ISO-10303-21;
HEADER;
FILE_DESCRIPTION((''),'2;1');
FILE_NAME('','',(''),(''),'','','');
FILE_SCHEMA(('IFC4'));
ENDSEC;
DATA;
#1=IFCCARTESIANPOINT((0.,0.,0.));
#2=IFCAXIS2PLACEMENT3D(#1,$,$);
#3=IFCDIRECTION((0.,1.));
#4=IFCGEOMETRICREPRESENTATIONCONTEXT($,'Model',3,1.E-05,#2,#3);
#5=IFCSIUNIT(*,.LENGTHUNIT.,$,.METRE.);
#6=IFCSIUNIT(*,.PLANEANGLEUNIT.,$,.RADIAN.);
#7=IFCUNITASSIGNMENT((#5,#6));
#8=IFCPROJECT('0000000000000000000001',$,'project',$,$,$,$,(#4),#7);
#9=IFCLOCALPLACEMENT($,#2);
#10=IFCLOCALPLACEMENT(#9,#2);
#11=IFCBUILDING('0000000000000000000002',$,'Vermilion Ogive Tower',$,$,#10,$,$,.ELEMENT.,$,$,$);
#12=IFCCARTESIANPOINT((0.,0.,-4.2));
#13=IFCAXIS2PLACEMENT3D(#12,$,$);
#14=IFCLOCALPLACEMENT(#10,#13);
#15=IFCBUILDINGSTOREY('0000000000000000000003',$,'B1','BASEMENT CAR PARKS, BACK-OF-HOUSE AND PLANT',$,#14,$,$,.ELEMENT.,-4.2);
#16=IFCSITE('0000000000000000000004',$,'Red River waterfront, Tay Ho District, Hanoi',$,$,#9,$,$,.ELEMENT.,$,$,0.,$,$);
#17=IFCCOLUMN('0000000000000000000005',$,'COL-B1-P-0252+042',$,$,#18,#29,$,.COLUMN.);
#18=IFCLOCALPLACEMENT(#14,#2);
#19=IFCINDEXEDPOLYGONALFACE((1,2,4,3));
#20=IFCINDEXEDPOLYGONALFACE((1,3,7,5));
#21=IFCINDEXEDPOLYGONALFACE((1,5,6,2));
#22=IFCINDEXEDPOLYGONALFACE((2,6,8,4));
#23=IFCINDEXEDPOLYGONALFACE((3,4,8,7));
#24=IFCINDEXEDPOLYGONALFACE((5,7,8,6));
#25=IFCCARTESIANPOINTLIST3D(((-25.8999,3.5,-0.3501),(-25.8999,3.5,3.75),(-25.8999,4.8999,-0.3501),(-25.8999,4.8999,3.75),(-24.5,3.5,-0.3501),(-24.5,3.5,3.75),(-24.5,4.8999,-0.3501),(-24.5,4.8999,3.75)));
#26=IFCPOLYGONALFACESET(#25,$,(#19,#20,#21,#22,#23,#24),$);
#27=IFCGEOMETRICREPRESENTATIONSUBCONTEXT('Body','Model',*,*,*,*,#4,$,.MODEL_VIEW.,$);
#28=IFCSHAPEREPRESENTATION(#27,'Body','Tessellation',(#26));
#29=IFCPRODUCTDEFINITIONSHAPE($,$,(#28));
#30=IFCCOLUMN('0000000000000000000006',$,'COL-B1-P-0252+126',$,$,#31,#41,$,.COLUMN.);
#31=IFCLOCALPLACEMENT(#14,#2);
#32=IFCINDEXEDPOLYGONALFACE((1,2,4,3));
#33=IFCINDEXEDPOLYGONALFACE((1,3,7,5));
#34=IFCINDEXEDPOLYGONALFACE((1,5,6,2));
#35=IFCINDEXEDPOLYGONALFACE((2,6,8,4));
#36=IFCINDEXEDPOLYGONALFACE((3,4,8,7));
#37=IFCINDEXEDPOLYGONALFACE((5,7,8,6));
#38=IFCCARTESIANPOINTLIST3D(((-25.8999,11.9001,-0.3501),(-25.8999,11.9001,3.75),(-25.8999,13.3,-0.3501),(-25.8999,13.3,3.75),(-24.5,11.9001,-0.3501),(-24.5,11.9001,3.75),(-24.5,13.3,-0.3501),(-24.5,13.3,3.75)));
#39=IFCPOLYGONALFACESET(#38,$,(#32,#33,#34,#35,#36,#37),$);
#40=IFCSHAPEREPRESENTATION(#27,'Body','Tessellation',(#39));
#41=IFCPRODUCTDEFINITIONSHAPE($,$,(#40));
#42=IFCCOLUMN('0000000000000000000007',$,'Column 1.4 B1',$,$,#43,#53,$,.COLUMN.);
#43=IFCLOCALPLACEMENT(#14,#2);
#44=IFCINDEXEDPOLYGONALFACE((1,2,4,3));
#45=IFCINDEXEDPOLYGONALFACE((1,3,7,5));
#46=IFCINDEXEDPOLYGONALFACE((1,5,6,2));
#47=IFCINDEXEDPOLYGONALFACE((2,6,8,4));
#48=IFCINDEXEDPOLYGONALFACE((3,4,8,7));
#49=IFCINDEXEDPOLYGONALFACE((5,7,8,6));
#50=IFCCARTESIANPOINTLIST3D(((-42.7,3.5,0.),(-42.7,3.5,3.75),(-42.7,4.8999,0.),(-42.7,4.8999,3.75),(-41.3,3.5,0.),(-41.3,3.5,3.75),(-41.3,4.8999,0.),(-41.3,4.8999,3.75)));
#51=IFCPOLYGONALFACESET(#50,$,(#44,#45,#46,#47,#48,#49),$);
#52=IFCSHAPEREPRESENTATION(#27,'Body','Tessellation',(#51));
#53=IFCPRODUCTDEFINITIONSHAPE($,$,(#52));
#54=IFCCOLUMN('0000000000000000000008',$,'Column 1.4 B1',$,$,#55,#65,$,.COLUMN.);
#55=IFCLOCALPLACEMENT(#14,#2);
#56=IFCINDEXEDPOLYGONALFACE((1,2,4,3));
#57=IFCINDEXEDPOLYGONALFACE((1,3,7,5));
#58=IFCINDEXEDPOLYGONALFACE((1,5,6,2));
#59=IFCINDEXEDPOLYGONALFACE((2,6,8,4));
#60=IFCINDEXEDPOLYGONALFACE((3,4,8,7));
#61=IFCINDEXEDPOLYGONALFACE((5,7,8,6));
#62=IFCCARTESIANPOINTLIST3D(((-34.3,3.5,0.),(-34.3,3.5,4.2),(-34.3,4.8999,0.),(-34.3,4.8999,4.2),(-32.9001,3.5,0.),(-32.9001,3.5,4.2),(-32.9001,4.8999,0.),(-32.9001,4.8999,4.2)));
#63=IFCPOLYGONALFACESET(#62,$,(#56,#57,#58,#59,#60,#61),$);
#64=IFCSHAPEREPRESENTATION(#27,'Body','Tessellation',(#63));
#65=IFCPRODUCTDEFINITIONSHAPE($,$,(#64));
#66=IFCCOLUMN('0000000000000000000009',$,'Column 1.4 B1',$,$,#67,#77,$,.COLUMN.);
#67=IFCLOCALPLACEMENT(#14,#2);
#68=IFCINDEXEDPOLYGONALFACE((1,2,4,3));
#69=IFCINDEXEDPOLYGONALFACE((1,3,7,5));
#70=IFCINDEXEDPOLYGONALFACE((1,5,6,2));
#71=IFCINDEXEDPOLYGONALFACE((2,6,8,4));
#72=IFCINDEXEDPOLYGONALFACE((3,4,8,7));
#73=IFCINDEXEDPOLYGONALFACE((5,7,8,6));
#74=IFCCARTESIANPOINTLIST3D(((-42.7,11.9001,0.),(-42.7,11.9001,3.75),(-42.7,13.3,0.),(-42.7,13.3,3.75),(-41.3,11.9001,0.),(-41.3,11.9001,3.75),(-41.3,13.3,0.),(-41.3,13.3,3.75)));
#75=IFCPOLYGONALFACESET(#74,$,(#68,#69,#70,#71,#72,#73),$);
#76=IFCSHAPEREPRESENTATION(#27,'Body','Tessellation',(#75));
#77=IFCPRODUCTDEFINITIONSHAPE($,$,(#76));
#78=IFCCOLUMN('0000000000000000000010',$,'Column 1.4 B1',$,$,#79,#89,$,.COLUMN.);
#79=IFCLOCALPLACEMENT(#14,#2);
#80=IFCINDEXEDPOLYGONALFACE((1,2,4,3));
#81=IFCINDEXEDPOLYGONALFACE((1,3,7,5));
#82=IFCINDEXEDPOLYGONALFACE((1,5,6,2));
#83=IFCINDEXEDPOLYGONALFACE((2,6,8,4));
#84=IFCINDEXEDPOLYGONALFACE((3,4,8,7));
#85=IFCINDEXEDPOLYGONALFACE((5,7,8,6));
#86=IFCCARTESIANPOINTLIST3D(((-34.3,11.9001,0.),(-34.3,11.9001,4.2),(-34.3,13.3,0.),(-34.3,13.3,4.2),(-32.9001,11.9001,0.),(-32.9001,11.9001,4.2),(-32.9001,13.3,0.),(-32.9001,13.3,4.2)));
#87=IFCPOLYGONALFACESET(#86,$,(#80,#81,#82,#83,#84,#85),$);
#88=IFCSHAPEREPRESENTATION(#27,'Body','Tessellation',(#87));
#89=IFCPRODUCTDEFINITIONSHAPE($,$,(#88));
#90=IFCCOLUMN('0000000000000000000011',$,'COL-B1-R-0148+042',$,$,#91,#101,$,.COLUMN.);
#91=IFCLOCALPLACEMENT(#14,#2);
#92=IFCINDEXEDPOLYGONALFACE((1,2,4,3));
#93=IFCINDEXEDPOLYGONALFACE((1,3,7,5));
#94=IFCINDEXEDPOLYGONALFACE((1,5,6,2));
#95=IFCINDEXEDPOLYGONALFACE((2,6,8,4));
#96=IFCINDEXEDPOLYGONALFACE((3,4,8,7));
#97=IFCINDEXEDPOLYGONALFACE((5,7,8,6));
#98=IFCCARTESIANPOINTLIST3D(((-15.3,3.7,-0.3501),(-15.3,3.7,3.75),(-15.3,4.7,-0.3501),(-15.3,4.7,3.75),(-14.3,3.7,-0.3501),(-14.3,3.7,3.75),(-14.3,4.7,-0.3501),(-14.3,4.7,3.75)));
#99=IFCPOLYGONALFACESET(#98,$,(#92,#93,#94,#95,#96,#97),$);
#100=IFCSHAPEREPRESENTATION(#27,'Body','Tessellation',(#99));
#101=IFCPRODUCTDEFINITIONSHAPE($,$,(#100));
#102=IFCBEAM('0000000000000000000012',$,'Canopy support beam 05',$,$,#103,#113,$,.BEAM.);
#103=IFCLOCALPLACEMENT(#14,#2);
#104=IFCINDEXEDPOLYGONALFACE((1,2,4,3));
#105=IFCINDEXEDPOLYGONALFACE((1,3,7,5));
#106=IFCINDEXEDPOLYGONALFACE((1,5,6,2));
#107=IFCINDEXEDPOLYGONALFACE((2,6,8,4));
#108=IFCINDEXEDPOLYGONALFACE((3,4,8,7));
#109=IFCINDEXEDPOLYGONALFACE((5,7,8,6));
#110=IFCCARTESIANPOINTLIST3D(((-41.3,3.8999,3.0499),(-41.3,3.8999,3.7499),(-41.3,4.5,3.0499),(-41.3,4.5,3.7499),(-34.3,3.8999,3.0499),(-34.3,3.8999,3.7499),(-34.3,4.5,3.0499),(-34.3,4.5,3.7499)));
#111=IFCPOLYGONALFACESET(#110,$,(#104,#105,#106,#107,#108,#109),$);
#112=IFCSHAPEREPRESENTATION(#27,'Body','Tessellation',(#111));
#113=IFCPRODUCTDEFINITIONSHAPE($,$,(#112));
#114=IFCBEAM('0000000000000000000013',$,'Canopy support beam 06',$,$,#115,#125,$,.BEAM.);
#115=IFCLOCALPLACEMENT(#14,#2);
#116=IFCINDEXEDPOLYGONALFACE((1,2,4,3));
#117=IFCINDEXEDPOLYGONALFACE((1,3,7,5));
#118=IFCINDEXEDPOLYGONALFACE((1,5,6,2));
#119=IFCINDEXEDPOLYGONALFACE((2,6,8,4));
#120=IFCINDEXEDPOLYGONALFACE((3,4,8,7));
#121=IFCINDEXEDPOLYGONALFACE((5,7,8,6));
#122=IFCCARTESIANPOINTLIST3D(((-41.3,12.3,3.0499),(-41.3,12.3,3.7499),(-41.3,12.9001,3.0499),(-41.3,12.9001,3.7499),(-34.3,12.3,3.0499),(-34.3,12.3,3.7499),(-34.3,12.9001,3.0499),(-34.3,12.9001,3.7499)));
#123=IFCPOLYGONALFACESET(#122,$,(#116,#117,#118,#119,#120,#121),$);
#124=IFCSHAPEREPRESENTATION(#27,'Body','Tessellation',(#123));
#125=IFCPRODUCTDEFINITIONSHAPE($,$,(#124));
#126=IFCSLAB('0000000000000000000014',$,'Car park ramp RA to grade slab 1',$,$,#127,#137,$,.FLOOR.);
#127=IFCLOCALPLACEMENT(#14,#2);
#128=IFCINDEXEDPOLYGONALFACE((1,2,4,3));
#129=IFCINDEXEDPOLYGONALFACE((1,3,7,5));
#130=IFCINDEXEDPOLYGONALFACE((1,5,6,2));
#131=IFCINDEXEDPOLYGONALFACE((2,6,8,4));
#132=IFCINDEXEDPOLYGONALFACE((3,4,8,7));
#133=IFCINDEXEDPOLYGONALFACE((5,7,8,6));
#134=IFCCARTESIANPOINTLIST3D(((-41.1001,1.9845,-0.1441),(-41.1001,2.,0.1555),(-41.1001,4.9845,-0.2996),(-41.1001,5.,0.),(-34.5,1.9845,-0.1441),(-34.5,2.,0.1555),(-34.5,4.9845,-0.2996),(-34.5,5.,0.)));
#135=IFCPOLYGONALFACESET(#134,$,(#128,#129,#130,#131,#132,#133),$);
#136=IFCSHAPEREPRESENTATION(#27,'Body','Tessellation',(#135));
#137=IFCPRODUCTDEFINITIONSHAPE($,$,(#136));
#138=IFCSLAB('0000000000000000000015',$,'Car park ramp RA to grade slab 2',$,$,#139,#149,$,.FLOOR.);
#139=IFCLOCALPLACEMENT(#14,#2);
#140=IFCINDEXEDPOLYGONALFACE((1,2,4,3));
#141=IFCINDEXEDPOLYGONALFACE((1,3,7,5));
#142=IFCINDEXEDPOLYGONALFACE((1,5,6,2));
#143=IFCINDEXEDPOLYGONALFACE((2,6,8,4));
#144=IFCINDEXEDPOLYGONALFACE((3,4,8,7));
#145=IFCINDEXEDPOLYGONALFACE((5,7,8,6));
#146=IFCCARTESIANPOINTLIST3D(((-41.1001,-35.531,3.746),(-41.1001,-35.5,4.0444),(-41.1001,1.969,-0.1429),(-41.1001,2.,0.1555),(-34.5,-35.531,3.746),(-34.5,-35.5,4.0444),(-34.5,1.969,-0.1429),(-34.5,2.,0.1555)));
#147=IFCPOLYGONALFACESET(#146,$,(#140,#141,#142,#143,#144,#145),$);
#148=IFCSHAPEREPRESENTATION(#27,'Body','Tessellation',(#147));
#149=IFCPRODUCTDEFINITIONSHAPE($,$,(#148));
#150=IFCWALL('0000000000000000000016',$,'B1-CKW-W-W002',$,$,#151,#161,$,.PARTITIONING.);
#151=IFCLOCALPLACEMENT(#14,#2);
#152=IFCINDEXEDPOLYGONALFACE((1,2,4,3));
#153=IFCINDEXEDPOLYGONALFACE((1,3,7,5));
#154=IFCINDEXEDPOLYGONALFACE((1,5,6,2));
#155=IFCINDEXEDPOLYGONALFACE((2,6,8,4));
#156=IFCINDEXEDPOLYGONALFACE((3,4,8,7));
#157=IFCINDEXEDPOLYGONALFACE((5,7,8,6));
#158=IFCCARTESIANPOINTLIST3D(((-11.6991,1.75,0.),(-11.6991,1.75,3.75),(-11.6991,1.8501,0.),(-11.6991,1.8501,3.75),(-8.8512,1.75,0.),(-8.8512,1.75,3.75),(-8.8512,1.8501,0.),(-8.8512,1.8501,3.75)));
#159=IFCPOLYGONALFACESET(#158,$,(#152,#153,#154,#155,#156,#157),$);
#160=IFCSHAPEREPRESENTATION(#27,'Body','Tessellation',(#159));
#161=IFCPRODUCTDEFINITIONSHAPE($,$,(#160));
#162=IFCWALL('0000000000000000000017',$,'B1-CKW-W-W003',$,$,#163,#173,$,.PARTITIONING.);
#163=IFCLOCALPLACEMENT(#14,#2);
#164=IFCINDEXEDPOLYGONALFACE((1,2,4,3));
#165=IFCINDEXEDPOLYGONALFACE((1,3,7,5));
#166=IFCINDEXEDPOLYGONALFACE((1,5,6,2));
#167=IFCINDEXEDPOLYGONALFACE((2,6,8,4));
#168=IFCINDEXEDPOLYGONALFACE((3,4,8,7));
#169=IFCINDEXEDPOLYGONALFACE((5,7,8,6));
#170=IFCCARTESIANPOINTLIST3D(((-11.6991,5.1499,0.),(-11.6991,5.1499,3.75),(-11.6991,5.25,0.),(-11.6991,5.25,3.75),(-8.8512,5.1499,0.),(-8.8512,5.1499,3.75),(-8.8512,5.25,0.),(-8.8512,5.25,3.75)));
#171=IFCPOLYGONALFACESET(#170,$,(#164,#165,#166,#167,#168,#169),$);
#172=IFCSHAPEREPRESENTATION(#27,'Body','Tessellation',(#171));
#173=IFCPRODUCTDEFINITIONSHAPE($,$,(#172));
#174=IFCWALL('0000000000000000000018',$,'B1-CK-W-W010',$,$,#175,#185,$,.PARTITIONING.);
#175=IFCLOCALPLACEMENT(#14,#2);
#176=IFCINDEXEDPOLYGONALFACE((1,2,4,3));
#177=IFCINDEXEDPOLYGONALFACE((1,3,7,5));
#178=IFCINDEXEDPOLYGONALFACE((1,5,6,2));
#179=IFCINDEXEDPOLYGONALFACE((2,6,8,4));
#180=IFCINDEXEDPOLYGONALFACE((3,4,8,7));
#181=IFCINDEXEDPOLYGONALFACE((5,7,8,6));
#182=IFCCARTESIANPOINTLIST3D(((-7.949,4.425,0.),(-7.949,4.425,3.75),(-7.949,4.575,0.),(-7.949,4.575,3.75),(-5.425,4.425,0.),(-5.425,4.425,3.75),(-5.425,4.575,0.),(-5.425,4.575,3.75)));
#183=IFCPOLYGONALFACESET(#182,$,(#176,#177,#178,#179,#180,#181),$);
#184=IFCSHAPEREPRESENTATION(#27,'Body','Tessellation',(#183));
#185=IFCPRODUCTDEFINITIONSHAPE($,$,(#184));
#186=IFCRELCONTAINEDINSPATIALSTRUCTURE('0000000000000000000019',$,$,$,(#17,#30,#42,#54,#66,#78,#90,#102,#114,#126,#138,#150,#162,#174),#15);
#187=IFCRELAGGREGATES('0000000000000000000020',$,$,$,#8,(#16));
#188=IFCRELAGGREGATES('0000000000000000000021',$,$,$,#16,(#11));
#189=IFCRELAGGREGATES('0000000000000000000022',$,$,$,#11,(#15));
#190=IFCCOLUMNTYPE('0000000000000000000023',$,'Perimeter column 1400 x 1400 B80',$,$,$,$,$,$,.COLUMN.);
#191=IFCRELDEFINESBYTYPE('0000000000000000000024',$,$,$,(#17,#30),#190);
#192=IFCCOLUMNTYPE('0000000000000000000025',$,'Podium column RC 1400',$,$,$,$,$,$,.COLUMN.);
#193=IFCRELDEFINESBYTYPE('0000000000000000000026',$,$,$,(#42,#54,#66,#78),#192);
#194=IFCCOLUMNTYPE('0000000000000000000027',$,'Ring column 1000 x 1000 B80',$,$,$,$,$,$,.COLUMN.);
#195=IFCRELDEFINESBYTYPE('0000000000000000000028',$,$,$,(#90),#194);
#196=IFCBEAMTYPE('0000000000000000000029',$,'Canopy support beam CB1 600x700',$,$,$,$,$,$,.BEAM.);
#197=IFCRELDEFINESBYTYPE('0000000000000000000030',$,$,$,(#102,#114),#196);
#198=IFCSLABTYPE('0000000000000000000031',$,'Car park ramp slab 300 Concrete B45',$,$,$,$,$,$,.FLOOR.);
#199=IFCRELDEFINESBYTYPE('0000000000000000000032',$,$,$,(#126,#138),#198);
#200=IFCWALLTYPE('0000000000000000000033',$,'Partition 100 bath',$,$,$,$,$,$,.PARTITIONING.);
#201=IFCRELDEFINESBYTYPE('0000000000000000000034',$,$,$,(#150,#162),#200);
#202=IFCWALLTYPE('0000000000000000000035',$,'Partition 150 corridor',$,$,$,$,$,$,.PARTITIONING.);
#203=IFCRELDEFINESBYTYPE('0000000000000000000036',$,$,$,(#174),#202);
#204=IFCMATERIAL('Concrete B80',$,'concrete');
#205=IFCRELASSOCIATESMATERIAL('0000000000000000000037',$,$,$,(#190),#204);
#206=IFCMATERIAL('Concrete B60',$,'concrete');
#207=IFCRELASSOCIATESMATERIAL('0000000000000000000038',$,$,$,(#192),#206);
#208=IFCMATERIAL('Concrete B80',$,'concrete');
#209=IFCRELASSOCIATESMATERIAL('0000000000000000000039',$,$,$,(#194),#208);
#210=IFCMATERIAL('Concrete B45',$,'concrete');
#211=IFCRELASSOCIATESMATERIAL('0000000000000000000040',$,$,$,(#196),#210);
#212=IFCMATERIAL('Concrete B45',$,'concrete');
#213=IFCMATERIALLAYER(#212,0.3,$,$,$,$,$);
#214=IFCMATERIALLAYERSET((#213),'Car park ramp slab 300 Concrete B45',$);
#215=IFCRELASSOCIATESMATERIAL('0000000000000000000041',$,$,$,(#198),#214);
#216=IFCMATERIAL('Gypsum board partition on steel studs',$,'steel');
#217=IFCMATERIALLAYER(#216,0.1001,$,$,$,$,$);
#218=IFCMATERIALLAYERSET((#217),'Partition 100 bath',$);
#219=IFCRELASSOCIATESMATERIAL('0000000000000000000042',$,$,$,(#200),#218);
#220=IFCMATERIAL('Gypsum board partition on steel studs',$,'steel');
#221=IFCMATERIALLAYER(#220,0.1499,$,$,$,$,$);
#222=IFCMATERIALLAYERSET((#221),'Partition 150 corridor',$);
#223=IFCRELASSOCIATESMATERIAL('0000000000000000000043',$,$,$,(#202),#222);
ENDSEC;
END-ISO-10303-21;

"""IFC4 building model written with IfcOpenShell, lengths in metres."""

from ifc_helpers import new_model, si_unit, direction, frame, frame_2d, origin, origin_2d, place, context, subcontext, project, spatial, polyline, rectangle, outline, extrude, material, layer, layer_set, material_profile, profile_set, type_object, element, save


model = new_model("IFC4")

# Units and contexts
model_context = context("Model", 3, precision=1e-05, world=origin(), true_north=direction((0.0, 1.0)))
body_context = subcontext(model_context, "Body", "Model", "MODEL_VIEW")
ifc_project = project(units=[si_unit("LENGTHUNIT", "METRE"), si_unit("PLANEANGLEUNIT", "RADIAN")], contexts=[model_context])

# Site, building, storey
site_placement = place(None, origin())
site = spatial("IfcSite", under=ifc_project, at=site_placement, Name="Red River waterfront, Tay Ho District, Hanoi", CompositionType="ELEMENT", RefElevation=0.0)
building_placement = place(site_placement, origin())
building = spatial("IfcBuilding", under=site, at=building_placement, Name="Vermilion Ogive Tower", CompositionType="ELEMENT")
storey_placement = place(building_placement, frame((0.0, 0.0, -4.2)))
storey = spatial("IfcBuildingStorey", under=building, at=storey_placement, Name="B1", Description="BASEMENT CAR PARKS, BACK-OF-HOUSE AND PLANT", CompositionType="ELEMENT", Elevation=-4.2)

# Columns
ifc_material_1 = material(Name="Concrete B80", Category="concrete")
ifc_material_profile_1 = material_profile(ifc_material_1, rectangle(XDim=1.3999, YDim=1.3999, at=origin_2d()), Name="1400 x 1400")
ifc_profile_set_1 = profile_set([ifc_material_profile_1], Name="Concrete B80")
column_type_1 = type_object("IfcColumnType", Name="Perimeter column 1400 x 1400 B80", PredefinedType="COLUMN", material=ifc_profile_set_1)
for number, where, z_axis, x_axis, name in (
    (1, (-25.2, 4.2, -0.3501), (0.0, 0.0, 1.0), (1.0, 0.0, 0.0), "COL-B1-P-0252+042"),
    (2, (-25.2, 12.6001, -0.3501), (0.0, 0.0, 1.0), (1.0, 0.0, 0.0), "COL-B1-P-0252+126"),
):
    element("IfcColumn", number, at=place(storey_placement, frame(where, z_axis=z_axis, x_axis=x_axis)), inside=storey, type_object=column_type_1, Name=name, PredefinedType="COLUMN", context=body_context, shape_type="SweptSolid", body=[
        extrude(rectangle(XDim=1.3999, YDim=1.3999, at=origin_2d()), origin(), (0.0, 0.0, 1.0), 4.1001),
    ])
ifc_material_2 = material(Name="Concrete B60", Category="concrete")
ifc_material_profile_2 = material_profile(ifc_material_2, rectangle(XDim=1.3999, YDim=1.3999, at=origin_2d()), Name="RC 1400x1400")
ifc_profile_set_2 = profile_set([ifc_material_profile_2], Name="Concrete B60")
column_type_2 = type_object("IfcColumnType", Name="Podium column RC 1400", PredefinedType="COLUMN", material=ifc_profile_set_2)
column_1_placement = place(storey_placement, frame((-42.0, 4.2, 0.0), z_axis=(0.0, 0.0, 1.0), x_axis=(1.0, 0.0, 0.0)))
element("IfcColumn", 3, at=column_1_placement, inside=storey, type_object=column_type_2, Name="Column 1.4 B1", PredefinedType="COLUMN", context=body_context, shape_type="SweptSolid", body=[
    extrude(rectangle(XDim=1.3999, YDim=1.3999, at=origin_2d()), origin(), (0.0, 0.0, 1.0), 3.75),
])
column_2_placement = place(storey_placement, frame((-33.6001, 4.2, 0.0), z_axis=(0.0, 0.0, 1.0), x_axis=(1.0, 0.0, 0.0)))
element("IfcColumn", 4, at=column_2_placement, inside=storey, type_object=column_type_2, Name="Column 1.4 B1", PredefinedType="COLUMN", context=body_context, shape_type="SweptSolid", body=[
    extrude(rectangle(XDim=1.3999, YDim=1.3999, at=origin_2d()), origin(), (0.0, 0.0, 1.0), 4.2),
])
column_3_placement = place(storey_placement, frame((-42.0, 12.6001, 0.0), z_axis=(0.0, 0.0, 1.0), x_axis=(1.0, 0.0, 0.0)))
element("IfcColumn", 5, at=column_3_placement, inside=storey, type_object=column_type_2, Name="Column 1.4 B1", PredefinedType="COLUMN", context=body_context, shape_type="SweptSolid", body=[
    extrude(rectangle(XDim=1.3999, YDim=1.3999, at=origin_2d()), origin(), (0.0, 0.0, 1.0), 3.75),
])
column_4_placement = place(storey_placement, frame((-33.6001, 12.6001, 0.0), z_axis=(0.0, 0.0, 1.0), x_axis=(1.0, 0.0, 0.0)))
element("IfcColumn", 6, at=column_4_placement, inside=storey, type_object=column_type_2, Name="Column 1.4 B1", PredefinedType="COLUMN", context=body_context, shape_type="SweptSolid", body=[
    extrude(rectangle(XDim=1.3999, YDim=1.3999, at=origin_2d()), origin(), (0.0, 0.0, 1.0), 4.2),
])
ifc_material_3 = material(Name="Concrete B80", Category="concrete")
ifc_material_profile_3 = material_profile(ifc_material_3, rectangle(XDim=1.0, YDim=1.0, at=origin_2d()), Name="1000 x 1000")
ifc_profile_set_3 = profile_set([ifc_material_profile_3], Name="Concrete B80")
column_type_3 = type_object("IfcColumnType", Name="Ring column 1000 x 1000 B80", PredefinedType="COLUMN", material=ifc_profile_set_3)
column_5_placement = place(storey_placement, frame((-14.8, 4.2, -0.3501), z_axis=(0.0, 0.0, 1.0), x_axis=(1.0, 0.0, 0.0)))
element("IfcColumn", 7, at=column_5_placement, inside=storey, type_object=column_type_3, Name="COL-B1-R-0148+042", PredefinedType="COLUMN", context=body_context, shape_type="SweptSolid", body=[
    extrude(rectangle(XDim=1.0, YDim=1.0, at=origin_2d()), origin(), (0.0, 0.0, 1.0), 4.1001),
])

# Beams
ifc_material_4 = material(Name="Concrete B45", Category="concrete")
ifc_material_profile_4 = material_profile(ifc_material_4, rectangle(XDim=0.6001, YDim=0.7, at=origin_2d()), Name="RC 600x700")
ifc_profile_set_4 = profile_set([ifc_material_profile_4], Name="Concrete B45")
beam_type = type_object("IfcBeamType", Name="Canopy support beam CB1 600x700", PredefinedType="BEAM", material=ifc_profile_set_4)
for number, where, z_axis, x_axis, name in (
    (8, (-41.3, 4.2, 3.3999), (1.0, 0.0, 0.0), (0.0, 1.0, 0.0), "Canopy support beam 05"),
    (9, (-41.3, 12.6001, 3.3999), (1.0, 0.0, 0.0), (0.0, 1.0, 0.0), "Canopy support beam 06"),
):
    element("IfcBeam", number, at=place(storey_placement, frame(where, z_axis=z_axis, x_axis=x_axis)), inside=storey, type_object=beam_type, Name=name, PredefinedType="BEAM", context=body_context, shape_type="SweptSolid", body=[
        extrude(rectangle(XDim=0.6001, YDim=0.7, at=origin_2d()), origin(), (0.0, 0.0, 1.0), 7.0),
    ])

# Slabs
ifc_material_5 = material(Name="Concrete B45", Category="concrete")
ifc_layer_1 = layer(ifc_material_5, 0.3)
ifc_layer_set_1 = layer_set([ifc_layer_1], Name="Car park ramp slab 300 Concrete B45")
slab_type = type_object("IfcSlabType", Name="Car park ramp slab 300 Concrete B45", PredefinedType="FLOOR", material=ifc_layer_set_1)
slab_1_placement = place(storey_placement, frame((-41.1001, 5.0, 0.0), z_axis=(0.0, 0.05177, 0.998659), x_axis=(0.0, -0.998659, 0.05177)))
element("IfcSlab", 10, at=slab_1_placement, inside=storey, type_object=slab_type, Name="Car park ramp RA to grade slab 1", PredefinedType="FLOOR", context=body_context, shape_type="SweptSolid", body=[
    extrude(outline(polyline([(0.0, 0.0), (3.004, 0.0), (3.004, 6.6001), (0.0, 6.6001), (0.0, 0.0)])), origin(), (0.0, 0.0, -1.0), 0.3),
])
slab_2_placement = place(storey_placement, frame((-41.1001, 2.0, 0.1555), z_axis=(0.0, 0.103151, 0.994666), x_axis=(0.0, -0.994666, 0.103151)))
element("IfcSlab", 11, at=slab_2_placement, inside=storey, type_object=slab_type, Name="Car park ramp RA to grade slab 2", PredefinedType="FLOOR", context=body_context, shape_type="SweptSolid", body=[
    extrude(outline(polyline([(0.0, 0.0), (37.7011, 0.0), (37.7011, 6.6001), (0.0, 6.6001), (0.0, 0.0)])), origin(), (0.0, 0.0, -1.0), 0.3),
])

# Walls
ifc_material_6 = material(Name="Gypsum board partition on steel studs", Category="steel")
ifc_layer_2 = layer(ifc_material_6, 0.1001)
ifc_layer_set_2 = layer_set([ifc_layer_2], Name="Partition 100 bath")
wall_type_1 = type_object("IfcWallType", Name="Partition 100 bath", PredefinedType="PARTITIONING", material=ifc_layer_set_2)
for number, where, z_axis, x_axis, name in (
    (12, (-11.699, 1.8, 0.0), (0.0, 0.0, 1.0), (1.0, 0.0, 0.0), "B1-CKW-W-W002"),
    (13, (-11.699, 5.2, 0.0), (0.0, 0.0, 1.0), (1.0, 0.0, 0.0), "B1-CKW-W-W003"),
):
    element("IfcWall", number, at=place(storey_placement, frame(where, z_axis=z_axis, x_axis=x_axis)), inside=storey, type_object=wall_type_1, Name=name, PredefinedType="PARTITIONING", context=body_context, shape_type="SweptSolid", body=[
        extrude(rectangle(XDim=2.8479, YDim=0.1001, at=frame_2d((1.4238, 0.0))), origin(), (0.0, 0.0, 1.0), 3.75),
    ])
ifc_material_7 = material(Name="Gypsum board partition on steel studs", Category="steel")
ifc_layer_3 = layer(ifc_material_7, 0.1499)
ifc_layer_set_3 = layer_set([ifc_layer_3], Name="Partition 150 corridor")
wall_type_2 = type_object("IfcWallType", Name="Partition 150 corridor", PredefinedType="PARTITIONING", material=ifc_layer_set_3)
wall_1_placement = place(storey_placement, frame((-7.949, 4.5, 0.0), z_axis=(0.0, 0.0, 1.0), x_axis=(1.0, 0.0, 0.0)))
element("IfcWall", 14, at=wall_1_placement, inside=storey, type_object=wall_type_2, Name="B1-CK-W-W010", PredefinedType="PARTITIONING", context=body_context, shape_type="SweptSolid", body=[
    extrude(rectangle(XDim=2.5239, YDim=0.1499, at=frame_2d((1.262, 0.0))), origin(), (0.0, 0.0, 1.0), 3.75),
])

save(model, "model.ifc")
